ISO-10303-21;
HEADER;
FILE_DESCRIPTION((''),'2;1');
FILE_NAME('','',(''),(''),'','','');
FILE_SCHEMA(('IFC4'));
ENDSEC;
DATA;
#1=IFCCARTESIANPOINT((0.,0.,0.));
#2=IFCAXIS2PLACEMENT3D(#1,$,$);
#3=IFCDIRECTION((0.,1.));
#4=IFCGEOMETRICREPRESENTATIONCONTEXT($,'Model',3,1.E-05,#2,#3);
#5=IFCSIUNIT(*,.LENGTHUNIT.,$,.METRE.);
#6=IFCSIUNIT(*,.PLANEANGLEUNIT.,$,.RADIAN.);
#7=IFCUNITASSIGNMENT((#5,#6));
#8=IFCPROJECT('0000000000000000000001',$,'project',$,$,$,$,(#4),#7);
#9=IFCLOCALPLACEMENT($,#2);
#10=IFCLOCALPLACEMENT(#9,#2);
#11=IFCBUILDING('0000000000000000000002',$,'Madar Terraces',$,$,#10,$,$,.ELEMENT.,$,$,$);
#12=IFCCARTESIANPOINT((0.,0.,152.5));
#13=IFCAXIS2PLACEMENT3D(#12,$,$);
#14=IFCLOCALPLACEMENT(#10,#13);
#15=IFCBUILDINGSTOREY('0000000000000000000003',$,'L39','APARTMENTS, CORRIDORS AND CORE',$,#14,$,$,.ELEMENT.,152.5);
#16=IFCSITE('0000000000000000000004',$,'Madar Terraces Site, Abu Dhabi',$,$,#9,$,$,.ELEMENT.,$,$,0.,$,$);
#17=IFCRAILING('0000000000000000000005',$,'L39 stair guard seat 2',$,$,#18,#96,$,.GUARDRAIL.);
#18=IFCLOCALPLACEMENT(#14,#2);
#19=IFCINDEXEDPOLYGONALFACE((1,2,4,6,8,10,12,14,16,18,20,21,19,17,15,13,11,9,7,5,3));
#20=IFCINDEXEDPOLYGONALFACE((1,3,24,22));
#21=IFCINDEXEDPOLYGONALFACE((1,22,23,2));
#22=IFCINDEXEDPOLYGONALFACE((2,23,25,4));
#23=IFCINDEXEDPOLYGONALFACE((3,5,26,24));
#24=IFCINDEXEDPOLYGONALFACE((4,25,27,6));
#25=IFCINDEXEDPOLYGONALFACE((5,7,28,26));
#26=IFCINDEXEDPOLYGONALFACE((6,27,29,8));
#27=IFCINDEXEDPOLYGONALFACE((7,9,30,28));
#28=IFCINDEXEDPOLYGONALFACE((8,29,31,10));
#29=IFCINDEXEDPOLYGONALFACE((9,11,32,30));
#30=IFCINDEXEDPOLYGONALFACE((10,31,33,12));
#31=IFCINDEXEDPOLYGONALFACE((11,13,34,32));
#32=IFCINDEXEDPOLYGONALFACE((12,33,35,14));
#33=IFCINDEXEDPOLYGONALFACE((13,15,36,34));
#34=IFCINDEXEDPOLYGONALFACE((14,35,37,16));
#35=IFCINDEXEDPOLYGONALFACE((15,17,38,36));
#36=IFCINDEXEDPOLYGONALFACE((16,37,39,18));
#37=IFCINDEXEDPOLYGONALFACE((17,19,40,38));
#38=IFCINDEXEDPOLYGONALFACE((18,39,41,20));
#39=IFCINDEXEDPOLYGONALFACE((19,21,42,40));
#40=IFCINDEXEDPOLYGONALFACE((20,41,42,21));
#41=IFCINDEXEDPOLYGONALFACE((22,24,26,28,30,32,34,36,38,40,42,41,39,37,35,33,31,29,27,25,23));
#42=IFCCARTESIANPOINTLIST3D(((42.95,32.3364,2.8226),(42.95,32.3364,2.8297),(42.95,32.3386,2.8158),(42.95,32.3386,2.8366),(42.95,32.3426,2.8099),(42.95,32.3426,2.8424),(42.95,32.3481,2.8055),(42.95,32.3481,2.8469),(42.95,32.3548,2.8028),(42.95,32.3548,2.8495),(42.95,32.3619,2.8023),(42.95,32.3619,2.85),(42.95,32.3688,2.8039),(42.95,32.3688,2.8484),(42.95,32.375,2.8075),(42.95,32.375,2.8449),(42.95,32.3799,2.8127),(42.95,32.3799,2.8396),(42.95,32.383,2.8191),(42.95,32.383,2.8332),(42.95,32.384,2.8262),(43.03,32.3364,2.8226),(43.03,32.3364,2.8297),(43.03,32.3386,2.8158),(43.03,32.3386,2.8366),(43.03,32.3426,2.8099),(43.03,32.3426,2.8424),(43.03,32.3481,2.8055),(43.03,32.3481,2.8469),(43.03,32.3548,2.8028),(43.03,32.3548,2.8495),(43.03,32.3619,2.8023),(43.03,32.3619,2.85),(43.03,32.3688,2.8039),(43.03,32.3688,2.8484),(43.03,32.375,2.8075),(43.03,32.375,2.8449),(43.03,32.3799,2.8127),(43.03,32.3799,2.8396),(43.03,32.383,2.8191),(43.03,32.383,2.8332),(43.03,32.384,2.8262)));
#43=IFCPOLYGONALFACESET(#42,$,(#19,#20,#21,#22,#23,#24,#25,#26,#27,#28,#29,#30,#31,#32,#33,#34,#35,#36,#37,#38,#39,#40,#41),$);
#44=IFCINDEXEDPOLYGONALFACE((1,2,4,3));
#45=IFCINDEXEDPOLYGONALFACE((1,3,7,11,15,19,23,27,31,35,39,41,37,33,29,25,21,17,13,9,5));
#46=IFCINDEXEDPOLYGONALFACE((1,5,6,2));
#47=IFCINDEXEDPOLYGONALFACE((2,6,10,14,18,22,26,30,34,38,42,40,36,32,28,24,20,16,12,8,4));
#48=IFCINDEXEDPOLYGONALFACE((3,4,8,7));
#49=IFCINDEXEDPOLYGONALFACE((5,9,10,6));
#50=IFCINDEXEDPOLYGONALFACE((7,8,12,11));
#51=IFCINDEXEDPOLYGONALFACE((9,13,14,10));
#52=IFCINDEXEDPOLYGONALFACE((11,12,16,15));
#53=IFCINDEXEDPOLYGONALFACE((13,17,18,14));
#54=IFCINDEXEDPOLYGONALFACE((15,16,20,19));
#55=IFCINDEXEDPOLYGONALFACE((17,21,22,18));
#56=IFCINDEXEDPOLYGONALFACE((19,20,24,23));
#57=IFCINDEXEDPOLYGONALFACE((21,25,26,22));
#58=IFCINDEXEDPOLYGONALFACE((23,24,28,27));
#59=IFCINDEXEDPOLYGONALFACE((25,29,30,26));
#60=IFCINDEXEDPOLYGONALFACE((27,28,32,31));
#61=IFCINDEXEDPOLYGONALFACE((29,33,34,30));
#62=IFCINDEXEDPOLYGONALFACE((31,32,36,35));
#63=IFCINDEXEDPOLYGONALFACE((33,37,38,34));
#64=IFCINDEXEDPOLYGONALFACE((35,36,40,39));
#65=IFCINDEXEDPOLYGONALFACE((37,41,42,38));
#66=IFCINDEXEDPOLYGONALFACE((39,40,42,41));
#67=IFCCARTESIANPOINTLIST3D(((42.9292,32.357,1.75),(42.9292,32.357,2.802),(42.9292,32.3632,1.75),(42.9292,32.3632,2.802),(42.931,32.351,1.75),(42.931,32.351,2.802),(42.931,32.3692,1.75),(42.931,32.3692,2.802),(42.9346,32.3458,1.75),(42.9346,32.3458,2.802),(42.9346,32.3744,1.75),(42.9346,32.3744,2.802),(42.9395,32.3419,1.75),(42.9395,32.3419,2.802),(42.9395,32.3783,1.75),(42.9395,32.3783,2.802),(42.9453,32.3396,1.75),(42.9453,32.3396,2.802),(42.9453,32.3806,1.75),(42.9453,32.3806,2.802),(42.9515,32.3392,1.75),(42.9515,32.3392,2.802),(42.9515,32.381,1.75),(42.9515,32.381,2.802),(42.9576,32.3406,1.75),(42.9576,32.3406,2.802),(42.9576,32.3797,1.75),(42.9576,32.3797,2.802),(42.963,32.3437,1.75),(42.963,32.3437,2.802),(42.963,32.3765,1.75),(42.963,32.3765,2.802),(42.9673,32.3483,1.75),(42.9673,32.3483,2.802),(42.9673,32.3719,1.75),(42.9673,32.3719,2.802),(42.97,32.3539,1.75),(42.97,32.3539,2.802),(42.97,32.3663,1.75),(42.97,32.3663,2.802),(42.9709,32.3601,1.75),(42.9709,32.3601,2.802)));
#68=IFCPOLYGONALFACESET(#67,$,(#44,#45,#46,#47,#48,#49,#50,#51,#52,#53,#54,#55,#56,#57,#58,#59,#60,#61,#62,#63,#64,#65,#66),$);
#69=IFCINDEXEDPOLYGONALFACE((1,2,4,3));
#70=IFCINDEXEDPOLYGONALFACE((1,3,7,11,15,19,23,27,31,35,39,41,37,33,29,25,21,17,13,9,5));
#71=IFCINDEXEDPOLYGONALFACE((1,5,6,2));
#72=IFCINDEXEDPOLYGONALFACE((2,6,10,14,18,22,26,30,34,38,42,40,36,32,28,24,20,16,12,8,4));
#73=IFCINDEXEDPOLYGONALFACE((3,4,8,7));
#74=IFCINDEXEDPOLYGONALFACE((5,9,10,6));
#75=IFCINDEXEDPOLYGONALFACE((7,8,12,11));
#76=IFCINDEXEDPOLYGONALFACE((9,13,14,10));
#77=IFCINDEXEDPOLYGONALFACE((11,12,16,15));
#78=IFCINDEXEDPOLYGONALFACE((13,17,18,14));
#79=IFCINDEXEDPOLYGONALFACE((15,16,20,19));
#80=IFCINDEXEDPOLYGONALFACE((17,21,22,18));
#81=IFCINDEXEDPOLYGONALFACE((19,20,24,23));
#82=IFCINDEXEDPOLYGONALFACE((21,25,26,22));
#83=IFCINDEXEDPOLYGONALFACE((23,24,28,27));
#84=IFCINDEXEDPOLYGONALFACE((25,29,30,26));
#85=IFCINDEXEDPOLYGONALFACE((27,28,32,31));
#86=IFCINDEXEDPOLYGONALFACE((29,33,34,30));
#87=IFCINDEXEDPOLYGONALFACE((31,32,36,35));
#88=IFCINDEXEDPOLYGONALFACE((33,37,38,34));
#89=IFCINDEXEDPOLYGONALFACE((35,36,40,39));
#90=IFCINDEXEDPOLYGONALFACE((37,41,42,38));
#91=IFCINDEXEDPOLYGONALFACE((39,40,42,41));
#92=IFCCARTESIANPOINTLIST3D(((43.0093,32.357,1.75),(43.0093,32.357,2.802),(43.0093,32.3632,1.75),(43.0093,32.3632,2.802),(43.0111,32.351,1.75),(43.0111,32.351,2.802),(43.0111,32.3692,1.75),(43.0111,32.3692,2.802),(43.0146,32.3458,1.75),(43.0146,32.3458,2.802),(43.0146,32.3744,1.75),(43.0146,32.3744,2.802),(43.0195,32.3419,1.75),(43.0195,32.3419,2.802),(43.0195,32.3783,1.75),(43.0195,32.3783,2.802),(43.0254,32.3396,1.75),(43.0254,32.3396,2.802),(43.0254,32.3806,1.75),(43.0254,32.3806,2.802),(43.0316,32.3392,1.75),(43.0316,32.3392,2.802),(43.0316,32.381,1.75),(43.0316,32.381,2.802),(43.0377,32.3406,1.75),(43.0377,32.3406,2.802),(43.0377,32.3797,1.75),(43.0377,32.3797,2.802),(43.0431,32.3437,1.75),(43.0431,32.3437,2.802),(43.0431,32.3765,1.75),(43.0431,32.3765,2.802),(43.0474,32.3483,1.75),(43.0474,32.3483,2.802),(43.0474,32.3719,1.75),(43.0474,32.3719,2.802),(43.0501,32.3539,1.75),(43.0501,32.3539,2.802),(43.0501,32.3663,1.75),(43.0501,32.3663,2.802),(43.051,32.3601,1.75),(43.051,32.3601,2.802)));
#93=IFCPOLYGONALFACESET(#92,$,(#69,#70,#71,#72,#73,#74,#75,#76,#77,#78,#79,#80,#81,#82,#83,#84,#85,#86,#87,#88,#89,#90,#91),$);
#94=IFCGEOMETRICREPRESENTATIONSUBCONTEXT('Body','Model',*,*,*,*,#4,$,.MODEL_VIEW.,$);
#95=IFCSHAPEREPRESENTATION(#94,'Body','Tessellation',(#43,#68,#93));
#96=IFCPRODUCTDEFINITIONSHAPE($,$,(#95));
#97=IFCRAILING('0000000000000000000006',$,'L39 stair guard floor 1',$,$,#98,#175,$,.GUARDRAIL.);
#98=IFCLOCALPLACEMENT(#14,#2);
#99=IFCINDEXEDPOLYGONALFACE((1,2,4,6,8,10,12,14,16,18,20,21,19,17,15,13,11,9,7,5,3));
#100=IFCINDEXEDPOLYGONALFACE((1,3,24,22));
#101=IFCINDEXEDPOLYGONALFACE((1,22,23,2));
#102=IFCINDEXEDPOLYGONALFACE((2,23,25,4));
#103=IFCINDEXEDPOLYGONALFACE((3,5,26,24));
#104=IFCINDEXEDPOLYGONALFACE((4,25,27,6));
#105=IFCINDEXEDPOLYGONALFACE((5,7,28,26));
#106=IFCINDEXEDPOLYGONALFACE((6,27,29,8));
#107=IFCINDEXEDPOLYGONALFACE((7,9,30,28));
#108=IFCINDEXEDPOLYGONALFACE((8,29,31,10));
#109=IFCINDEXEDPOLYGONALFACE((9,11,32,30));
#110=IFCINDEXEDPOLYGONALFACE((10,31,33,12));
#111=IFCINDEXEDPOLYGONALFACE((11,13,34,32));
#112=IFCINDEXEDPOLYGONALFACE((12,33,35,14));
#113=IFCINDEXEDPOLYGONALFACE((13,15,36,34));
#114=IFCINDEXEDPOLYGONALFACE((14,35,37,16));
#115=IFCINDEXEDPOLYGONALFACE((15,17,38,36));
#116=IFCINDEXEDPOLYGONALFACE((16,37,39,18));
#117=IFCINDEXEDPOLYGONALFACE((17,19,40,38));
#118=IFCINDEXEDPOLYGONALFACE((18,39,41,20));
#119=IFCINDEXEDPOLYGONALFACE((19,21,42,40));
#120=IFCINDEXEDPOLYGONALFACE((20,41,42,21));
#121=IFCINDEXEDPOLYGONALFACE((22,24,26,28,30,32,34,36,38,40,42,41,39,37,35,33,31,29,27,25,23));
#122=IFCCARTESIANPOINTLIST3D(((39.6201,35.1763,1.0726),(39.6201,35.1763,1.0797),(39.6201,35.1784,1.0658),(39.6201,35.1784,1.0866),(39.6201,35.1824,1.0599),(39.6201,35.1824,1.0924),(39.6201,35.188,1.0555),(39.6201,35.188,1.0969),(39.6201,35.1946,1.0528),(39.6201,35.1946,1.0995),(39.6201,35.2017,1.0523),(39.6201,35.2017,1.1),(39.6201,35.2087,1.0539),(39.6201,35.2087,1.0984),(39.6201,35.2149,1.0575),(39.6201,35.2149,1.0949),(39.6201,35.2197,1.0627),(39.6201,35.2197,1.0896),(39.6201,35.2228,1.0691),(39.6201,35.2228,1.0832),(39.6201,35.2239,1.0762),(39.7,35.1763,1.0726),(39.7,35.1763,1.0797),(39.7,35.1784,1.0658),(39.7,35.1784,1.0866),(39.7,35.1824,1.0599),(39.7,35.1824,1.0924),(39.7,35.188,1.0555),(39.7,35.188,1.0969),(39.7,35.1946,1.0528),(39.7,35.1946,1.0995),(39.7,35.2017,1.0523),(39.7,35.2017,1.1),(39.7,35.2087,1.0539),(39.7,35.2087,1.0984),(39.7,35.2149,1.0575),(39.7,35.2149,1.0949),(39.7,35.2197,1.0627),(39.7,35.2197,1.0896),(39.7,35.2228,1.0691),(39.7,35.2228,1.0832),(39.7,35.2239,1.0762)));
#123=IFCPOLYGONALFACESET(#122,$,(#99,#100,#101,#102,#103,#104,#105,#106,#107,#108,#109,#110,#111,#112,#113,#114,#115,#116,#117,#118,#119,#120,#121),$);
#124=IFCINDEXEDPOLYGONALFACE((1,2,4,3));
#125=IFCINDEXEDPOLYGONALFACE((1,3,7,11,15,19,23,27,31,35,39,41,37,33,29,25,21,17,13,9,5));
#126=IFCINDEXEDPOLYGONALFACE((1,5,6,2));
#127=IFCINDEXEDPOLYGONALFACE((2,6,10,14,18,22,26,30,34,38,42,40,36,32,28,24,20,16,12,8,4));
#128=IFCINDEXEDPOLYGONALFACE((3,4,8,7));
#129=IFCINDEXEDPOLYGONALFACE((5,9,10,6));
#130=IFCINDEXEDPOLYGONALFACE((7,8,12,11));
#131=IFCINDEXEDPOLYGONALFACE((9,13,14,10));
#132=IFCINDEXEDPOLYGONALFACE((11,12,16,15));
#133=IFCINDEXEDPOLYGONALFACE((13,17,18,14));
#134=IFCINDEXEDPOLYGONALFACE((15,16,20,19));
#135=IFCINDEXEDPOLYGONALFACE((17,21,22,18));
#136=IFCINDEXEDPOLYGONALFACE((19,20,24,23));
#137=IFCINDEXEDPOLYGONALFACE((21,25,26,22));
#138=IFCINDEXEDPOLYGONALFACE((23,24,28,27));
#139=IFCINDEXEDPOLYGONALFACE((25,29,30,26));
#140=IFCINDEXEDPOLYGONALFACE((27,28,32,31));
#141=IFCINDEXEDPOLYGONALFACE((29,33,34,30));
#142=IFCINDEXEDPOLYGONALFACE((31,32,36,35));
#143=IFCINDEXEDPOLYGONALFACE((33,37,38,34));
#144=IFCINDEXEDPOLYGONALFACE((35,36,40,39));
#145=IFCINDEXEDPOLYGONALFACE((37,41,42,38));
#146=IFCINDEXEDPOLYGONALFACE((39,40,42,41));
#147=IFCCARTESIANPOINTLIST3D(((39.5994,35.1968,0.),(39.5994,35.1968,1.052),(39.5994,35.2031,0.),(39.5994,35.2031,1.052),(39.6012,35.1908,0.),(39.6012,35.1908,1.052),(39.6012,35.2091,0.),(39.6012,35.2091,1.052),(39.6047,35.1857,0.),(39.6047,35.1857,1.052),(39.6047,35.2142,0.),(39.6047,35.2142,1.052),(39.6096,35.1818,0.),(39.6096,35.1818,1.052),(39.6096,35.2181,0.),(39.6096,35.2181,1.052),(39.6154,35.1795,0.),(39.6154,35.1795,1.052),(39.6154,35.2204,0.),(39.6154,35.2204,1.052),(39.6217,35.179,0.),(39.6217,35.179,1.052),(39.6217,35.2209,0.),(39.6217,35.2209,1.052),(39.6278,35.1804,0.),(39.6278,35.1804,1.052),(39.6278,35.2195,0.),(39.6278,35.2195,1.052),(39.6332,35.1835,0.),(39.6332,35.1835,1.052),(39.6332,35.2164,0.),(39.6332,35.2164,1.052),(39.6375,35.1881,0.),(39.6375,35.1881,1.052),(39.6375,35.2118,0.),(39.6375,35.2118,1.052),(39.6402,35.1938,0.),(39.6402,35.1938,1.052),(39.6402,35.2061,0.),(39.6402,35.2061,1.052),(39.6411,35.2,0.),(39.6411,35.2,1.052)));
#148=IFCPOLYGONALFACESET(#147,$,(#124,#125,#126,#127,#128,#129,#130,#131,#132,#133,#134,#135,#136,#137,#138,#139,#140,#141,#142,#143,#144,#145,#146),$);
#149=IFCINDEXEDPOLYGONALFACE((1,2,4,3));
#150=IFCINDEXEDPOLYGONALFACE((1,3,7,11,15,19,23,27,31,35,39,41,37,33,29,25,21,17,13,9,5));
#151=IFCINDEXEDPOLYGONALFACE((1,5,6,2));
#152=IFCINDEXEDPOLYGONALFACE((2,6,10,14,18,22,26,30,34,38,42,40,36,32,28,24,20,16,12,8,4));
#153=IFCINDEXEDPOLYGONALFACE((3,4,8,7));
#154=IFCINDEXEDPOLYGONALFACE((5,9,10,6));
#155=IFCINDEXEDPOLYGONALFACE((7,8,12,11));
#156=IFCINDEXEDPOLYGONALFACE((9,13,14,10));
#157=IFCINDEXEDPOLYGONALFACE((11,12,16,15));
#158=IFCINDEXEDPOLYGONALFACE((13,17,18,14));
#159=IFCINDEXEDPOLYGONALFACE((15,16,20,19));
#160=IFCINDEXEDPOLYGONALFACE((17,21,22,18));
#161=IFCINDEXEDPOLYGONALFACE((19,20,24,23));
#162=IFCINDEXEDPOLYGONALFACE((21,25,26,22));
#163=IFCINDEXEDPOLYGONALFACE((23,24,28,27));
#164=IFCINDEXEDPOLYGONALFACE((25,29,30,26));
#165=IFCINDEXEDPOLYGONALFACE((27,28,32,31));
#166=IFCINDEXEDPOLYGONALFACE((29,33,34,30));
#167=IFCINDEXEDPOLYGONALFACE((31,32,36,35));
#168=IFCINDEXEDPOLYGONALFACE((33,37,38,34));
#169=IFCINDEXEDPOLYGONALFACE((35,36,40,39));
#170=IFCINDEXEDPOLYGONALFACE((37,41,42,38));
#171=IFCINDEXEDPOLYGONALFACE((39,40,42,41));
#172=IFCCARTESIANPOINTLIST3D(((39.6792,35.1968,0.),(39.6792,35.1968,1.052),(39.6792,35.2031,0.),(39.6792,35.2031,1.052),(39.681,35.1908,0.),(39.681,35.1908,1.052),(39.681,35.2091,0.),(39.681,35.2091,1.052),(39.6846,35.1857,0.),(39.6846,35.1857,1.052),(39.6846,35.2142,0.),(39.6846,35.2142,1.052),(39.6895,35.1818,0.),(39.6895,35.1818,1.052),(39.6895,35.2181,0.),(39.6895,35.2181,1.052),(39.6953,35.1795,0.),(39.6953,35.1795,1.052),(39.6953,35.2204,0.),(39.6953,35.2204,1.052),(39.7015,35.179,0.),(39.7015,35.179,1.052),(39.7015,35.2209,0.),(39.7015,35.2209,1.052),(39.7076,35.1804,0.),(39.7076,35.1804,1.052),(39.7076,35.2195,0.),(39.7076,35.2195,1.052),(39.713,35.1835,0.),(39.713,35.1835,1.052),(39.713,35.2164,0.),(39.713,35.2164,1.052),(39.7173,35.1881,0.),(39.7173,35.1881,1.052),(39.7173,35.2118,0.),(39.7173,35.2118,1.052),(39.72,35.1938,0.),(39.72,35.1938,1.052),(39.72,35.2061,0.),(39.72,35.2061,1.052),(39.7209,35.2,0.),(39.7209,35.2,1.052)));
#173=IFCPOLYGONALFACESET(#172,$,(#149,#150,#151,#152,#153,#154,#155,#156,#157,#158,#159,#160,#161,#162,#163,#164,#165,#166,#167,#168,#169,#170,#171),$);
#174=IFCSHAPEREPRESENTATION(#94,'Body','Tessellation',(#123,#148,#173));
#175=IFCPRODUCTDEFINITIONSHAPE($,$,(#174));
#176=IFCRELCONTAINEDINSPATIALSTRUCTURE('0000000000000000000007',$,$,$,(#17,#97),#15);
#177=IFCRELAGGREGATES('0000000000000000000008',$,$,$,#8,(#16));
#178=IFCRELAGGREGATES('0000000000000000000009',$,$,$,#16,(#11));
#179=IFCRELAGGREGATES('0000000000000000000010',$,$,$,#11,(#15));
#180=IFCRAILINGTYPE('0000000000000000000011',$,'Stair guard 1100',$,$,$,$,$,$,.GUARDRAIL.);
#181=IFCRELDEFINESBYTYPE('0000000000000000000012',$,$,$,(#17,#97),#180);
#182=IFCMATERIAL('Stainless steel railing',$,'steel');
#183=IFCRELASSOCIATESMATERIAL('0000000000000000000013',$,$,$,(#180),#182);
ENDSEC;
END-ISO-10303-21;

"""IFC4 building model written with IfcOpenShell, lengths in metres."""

from ifc_helpers import new_model, si_unit, direction, frame, origin, origin_2d, place, context, subcontext, project, spatial, circle, extrude, material, type_object, element, save


model = new_model("IFC4")

# Units and contexts
model_context = context("Model", 3, precision=1e-05, world=origin(), true_north=direction((0.0, 1.0)))
body_context = subcontext(model_context, "Body", "Model", "MODEL_VIEW")
ifc_project = project(units=[si_unit("LENGTHUNIT", "METRE"), si_unit("PLANEANGLEUNIT", "RADIAN")], contexts=[model_context])

# Site, building, storey
site_placement = place(None, origin())
site = spatial("IfcSite", under=ifc_project, at=site_placement, Name="Madar Terraces Site, Abu Dhabi", CompositionType="ELEMENT", RefElevation=0.0)
building_placement = place(site_placement, origin())
building = spatial("IfcBuilding", under=site, at=building_placement, Name="Madar Terraces", CompositionType="ELEMENT")
storey_placement = place(building_placement, frame((0.0, 0.0, 152.5)))
storey = spatial("IfcBuildingStorey", under=building, at=storey_placement, Name="L39", Description="APARTMENTS, CORRIDORS AND CORE", CompositionType="ELEMENT", Elevation=152.5)

# Railings
ifc_material_1 = material(Name="Stainless steel railing", Category="steel")
railing_type_1 = type_object("IfcRailingType", Name="Stair guard 1100", PredefinedType="GUARDRAIL", material=ifc_material_1)
railing_1_placement = place(storey_placement, frame((42.95, 32.3601, 1.75)))
element("IfcRailing", 1, at=railing_1_placement, inside=storey, type_object=railing_type_1, Name="L39 stair guard seat 2", PredefinedType="GUARDRAIL", context=body_context, shape_type="SweptSolid", body=[
    extrude(circle(Radius=0.0239, at=origin_2d()), frame((0.0, 0.0, 1.0762), z_axis=(1.0, 0.0, 0.0), x_axis=(0.0, 1.0, 0.0)), (0.0, 0.0, 1.0), 0.0801),
    extrude(circle(Radius=0.021, at=origin_2d()), origin(), (0.0, 0.0, 1.0), 1.052),
    extrude(circle(Radius=0.021, at=origin_2d()), frame((0.0801, 0.0, 0.0)), (0.0, 0.0, 1.0), 1.052),
])
railing_2_placement = place(storey_placement, frame((39.6201, 35.2, 0.0)))
element("IfcRailing", 2, at=railing_2_placement, inside=storey, type_object=railing_type_1, Name="L39 stair guard floor 1", PredefinedType="GUARDRAIL", context=body_context, shape_type="SweptSolid", body=[
    extrude(circle(Radius=0.0239, at=origin_2d()), frame((0.0, 0.0, 1.0762), z_axis=(1.0, 0.0, 0.0), x_axis=(0.0, 1.0, 0.0)), (0.0, 0.0, 1.0), 0.0798),
    extrude(circle(Radius=0.021, at=origin_2d()), origin(), (0.0, 0.0, 1.0), 1.052),
    extrude(circle(Radius=0.021, at=origin_2d()), frame((0.0798, 0.0, 0.0)), (0.0, 0.0, 1.0), 1.052),
])

save(model, "model.ifc")
